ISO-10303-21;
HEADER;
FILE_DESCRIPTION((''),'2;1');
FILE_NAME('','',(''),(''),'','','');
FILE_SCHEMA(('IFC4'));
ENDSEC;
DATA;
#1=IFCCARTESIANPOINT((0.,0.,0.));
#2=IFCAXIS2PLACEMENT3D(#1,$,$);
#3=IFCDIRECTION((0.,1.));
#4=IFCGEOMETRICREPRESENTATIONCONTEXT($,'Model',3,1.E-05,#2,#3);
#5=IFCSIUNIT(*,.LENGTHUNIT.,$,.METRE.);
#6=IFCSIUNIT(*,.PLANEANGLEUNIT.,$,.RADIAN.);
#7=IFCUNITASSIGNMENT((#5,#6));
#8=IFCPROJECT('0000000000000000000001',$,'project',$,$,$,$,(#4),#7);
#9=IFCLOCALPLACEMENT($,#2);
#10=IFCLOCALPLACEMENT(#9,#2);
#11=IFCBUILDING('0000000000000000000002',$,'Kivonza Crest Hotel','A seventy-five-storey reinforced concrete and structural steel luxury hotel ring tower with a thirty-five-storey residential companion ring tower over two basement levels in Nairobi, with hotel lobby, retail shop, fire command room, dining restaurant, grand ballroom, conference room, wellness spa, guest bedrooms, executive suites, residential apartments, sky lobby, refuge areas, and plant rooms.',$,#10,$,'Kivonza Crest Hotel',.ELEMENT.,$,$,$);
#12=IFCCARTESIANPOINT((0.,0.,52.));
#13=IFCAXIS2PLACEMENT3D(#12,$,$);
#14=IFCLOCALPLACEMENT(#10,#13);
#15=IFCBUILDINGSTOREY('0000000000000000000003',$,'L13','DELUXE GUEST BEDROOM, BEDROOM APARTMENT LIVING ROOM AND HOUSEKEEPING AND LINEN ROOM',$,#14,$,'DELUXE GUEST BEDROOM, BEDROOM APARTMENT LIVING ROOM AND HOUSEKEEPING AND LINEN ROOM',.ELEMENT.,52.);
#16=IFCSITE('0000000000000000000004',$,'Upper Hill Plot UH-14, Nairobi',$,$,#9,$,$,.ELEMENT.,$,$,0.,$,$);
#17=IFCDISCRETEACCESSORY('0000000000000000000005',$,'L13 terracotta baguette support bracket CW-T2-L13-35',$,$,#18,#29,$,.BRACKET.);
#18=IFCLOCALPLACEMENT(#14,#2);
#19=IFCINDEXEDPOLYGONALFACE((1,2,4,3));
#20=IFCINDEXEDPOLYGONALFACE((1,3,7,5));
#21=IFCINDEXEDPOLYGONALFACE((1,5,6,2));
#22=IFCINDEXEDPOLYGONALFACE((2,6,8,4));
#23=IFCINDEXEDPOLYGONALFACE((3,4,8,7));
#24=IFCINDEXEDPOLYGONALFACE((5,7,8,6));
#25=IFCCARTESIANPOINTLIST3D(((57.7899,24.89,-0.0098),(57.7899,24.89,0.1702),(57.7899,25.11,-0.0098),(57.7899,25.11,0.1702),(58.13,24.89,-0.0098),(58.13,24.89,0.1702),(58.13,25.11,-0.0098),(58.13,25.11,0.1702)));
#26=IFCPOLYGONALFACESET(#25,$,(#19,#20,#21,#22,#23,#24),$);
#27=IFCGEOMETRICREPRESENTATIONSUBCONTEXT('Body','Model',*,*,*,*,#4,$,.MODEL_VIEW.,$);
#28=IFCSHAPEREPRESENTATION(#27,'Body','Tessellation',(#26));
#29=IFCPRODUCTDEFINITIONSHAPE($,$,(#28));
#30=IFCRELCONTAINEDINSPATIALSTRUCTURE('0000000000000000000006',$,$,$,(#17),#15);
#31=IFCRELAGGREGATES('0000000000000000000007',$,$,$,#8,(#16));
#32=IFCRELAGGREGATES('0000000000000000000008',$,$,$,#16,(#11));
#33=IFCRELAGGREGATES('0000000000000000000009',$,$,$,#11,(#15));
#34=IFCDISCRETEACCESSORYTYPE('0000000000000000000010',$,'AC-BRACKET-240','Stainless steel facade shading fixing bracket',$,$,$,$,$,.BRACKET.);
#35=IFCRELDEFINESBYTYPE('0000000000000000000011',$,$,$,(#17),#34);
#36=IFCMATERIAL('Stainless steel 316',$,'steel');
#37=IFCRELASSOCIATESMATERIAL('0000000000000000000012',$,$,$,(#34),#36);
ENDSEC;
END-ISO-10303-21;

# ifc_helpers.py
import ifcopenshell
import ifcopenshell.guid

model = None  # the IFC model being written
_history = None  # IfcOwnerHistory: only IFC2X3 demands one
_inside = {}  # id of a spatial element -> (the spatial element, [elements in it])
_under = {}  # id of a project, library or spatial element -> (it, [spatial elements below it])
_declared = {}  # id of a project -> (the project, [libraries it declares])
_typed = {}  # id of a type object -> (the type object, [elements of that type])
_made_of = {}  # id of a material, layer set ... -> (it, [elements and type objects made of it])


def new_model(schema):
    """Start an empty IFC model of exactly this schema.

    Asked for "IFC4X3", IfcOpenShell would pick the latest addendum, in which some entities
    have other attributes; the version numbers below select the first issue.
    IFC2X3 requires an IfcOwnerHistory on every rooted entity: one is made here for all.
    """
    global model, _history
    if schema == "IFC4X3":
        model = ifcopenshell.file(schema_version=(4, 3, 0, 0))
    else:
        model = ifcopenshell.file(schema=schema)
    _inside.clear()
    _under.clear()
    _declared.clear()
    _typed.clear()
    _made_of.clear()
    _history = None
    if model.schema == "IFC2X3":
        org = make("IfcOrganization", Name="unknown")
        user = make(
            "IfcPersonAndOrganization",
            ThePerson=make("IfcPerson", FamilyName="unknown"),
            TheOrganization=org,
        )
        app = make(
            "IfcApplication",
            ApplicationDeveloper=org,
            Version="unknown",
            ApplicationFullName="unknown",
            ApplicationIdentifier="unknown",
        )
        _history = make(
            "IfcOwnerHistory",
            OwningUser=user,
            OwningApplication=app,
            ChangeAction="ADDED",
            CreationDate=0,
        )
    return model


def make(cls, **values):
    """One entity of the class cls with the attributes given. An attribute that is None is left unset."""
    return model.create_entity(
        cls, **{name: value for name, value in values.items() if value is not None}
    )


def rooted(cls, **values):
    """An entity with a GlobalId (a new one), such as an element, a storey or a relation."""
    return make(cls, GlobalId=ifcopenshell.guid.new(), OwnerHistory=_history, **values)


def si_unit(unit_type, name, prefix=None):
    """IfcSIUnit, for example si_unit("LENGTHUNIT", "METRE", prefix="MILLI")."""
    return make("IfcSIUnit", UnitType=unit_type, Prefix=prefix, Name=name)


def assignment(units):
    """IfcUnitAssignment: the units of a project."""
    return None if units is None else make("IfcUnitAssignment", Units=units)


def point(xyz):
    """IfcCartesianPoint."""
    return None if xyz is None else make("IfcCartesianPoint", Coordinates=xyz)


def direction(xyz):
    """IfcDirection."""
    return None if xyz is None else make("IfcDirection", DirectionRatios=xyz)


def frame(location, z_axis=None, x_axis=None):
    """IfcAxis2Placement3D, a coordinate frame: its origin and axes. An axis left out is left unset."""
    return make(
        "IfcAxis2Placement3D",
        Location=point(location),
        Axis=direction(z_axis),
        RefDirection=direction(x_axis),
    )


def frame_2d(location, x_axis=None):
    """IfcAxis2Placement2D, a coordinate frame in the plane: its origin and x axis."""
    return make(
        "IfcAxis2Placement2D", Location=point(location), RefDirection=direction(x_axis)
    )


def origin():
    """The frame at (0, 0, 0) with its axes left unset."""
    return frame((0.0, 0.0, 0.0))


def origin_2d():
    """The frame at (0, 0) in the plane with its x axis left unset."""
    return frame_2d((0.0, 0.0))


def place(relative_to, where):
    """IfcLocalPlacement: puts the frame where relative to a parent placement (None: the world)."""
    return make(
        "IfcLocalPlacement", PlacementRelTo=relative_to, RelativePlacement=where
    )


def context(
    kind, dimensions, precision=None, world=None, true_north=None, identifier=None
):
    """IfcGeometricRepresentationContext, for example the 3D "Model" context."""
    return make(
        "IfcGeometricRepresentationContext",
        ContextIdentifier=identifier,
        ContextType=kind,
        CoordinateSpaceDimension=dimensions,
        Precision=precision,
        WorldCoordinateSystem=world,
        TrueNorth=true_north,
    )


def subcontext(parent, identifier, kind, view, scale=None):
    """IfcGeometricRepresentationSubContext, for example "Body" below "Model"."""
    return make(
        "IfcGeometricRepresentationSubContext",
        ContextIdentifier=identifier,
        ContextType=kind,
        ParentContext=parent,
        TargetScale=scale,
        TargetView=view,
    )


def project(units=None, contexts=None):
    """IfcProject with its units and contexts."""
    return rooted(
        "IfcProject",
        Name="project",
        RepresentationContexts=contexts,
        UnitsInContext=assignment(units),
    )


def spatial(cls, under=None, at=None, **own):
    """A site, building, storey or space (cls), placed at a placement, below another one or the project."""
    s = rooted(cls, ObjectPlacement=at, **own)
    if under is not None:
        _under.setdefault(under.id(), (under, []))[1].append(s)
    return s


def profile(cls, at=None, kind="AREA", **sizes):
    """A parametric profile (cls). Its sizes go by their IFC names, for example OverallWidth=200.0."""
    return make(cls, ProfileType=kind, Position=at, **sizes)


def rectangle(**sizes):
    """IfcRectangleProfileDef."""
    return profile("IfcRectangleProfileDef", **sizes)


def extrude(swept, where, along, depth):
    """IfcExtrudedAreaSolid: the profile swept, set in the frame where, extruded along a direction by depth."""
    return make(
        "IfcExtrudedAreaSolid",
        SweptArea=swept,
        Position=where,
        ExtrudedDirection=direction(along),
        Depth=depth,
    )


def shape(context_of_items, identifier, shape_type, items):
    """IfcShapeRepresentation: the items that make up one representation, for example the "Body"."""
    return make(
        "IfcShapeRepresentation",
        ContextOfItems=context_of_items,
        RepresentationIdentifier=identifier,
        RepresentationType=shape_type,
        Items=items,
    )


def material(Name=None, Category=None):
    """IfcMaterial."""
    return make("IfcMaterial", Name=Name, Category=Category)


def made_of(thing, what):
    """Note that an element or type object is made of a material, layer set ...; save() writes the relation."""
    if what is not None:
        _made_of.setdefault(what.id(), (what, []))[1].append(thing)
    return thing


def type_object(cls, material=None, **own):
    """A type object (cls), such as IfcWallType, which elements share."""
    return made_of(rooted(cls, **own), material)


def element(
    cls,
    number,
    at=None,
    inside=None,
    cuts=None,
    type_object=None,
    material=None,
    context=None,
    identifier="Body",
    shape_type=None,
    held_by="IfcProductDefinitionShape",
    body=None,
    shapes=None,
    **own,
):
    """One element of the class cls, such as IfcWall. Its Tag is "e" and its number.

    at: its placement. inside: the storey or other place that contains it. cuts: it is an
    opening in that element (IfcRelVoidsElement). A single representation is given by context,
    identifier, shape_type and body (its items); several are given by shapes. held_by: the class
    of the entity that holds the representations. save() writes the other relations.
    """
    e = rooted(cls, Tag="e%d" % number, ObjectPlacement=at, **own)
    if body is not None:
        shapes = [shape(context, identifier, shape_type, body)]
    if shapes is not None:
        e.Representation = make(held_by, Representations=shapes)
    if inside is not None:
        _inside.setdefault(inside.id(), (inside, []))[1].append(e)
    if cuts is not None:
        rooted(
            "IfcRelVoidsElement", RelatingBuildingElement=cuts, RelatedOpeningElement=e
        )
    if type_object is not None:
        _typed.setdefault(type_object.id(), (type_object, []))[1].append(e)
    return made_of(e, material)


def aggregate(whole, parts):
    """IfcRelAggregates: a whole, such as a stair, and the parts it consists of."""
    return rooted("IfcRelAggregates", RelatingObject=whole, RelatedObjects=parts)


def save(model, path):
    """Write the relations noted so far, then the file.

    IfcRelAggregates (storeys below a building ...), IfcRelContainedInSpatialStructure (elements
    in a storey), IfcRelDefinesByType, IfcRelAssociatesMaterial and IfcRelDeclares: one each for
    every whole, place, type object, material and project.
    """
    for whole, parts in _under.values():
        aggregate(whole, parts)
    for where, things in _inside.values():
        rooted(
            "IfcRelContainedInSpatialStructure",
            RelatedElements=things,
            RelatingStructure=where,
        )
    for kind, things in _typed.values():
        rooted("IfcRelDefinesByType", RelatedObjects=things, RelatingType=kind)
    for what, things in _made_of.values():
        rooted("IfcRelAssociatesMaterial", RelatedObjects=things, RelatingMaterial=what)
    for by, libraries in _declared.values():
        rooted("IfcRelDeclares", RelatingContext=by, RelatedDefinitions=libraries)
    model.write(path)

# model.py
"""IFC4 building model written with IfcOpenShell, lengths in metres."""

from ifc_helpers import new_model, si_unit, direction, frame, origin, origin_2d, place, context, subcontext, project, spatial, rectangle, extrude, material, type_object, element, save


model = new_model("IFC4")

# Units and contexts
model_context = context("Model", 3, precision=1e-05, world=origin(), true_north=direction((0.0, 1.0)))
body_context = subcontext(model_context, "Body", "Model", "MODEL_VIEW")
ifc_project = project(units=[si_unit("LENGTHUNIT", "METRE"), si_unit("PLANEANGLEUNIT", "RADIAN")], contexts=[model_context])

# Site, building, storey
site_placement = place(None, origin())
site = spatial("IfcSite", under=ifc_project, at=site_placement, Name="Upper Hill Plot UH-14, Nairobi", CompositionType="ELEMENT", RefElevation=0.0)
building_placement = place(site_placement, origin())
building = spatial("IfcBuilding", under=site, at=building_placement, Name="Kivonza Crest Hotel", Description="A seventy-five-storey reinforced concrete and structural steel luxury hotel ring tower with a thirty-five-storey residential companion ring tower over two basement levels in Nairobi, with hotel lobby, retail shop, fire command room, dining restaurant, grand ballroom, conference room, wellness spa, guest bedrooms, executive suites, residential apartments, sky lobby, refuge areas, and plant rooms.", LongName="Kivonza Crest Hotel", CompositionType="ELEMENT")
storey_placement = place(building_placement, frame((0.0, 0.0, 52.0)))
storey = spatial("IfcBuildingStorey", under=building, at=storey_placement, Name="L13", Description="DELUXE GUEST BEDROOM, BEDROOM APARTMENT LIVING ROOM AND HOUSEKEEPING AND LINEN ROOM", LongName="DELUXE GUEST BEDROOM, BEDROOM APARTMENT LIVING ROOM AND HOUSEKEEPING AND LINEN ROOM", CompositionType="ELEMENT", Elevation=52.0)

# Discrete accessory
ifc_material_1 = material(Name="Stainless steel 316", Category="steel")
discrete_accessory_type = type_object("IfcDiscreteAccessoryType", Name="AC-BRACKET-240", Description="Stainless steel facade shading fixing bracket", PredefinedType="BRACKET", material=ifc_material_1)
for number, where, z_axis, x_axis, name in (
    (1, (57.96, 25.0, -0.0098), (0.0, 0.0, 1.0), (0.0, -1.0, 0.0), "L13 terracotta baguette support bracket CW-T2-L13-35"),
):
    element("IfcDiscreteAccessory", number, at=place(storey_placement, frame(where, z_axis=z_axis, x_axis=x_axis)), inside=storey, type_object=discrete_accessory_type, Name=name, PredefinedType="BRACKET", context=body_context, shape_type="SweptSolid", body=[
        extrude(rectangle(XDim=0.22, YDim=0.3401, at=origin_2d()), origin(), (0.0, 0.0, 1.0), 0.1799),
    ])

save(model, "model.ifc")
